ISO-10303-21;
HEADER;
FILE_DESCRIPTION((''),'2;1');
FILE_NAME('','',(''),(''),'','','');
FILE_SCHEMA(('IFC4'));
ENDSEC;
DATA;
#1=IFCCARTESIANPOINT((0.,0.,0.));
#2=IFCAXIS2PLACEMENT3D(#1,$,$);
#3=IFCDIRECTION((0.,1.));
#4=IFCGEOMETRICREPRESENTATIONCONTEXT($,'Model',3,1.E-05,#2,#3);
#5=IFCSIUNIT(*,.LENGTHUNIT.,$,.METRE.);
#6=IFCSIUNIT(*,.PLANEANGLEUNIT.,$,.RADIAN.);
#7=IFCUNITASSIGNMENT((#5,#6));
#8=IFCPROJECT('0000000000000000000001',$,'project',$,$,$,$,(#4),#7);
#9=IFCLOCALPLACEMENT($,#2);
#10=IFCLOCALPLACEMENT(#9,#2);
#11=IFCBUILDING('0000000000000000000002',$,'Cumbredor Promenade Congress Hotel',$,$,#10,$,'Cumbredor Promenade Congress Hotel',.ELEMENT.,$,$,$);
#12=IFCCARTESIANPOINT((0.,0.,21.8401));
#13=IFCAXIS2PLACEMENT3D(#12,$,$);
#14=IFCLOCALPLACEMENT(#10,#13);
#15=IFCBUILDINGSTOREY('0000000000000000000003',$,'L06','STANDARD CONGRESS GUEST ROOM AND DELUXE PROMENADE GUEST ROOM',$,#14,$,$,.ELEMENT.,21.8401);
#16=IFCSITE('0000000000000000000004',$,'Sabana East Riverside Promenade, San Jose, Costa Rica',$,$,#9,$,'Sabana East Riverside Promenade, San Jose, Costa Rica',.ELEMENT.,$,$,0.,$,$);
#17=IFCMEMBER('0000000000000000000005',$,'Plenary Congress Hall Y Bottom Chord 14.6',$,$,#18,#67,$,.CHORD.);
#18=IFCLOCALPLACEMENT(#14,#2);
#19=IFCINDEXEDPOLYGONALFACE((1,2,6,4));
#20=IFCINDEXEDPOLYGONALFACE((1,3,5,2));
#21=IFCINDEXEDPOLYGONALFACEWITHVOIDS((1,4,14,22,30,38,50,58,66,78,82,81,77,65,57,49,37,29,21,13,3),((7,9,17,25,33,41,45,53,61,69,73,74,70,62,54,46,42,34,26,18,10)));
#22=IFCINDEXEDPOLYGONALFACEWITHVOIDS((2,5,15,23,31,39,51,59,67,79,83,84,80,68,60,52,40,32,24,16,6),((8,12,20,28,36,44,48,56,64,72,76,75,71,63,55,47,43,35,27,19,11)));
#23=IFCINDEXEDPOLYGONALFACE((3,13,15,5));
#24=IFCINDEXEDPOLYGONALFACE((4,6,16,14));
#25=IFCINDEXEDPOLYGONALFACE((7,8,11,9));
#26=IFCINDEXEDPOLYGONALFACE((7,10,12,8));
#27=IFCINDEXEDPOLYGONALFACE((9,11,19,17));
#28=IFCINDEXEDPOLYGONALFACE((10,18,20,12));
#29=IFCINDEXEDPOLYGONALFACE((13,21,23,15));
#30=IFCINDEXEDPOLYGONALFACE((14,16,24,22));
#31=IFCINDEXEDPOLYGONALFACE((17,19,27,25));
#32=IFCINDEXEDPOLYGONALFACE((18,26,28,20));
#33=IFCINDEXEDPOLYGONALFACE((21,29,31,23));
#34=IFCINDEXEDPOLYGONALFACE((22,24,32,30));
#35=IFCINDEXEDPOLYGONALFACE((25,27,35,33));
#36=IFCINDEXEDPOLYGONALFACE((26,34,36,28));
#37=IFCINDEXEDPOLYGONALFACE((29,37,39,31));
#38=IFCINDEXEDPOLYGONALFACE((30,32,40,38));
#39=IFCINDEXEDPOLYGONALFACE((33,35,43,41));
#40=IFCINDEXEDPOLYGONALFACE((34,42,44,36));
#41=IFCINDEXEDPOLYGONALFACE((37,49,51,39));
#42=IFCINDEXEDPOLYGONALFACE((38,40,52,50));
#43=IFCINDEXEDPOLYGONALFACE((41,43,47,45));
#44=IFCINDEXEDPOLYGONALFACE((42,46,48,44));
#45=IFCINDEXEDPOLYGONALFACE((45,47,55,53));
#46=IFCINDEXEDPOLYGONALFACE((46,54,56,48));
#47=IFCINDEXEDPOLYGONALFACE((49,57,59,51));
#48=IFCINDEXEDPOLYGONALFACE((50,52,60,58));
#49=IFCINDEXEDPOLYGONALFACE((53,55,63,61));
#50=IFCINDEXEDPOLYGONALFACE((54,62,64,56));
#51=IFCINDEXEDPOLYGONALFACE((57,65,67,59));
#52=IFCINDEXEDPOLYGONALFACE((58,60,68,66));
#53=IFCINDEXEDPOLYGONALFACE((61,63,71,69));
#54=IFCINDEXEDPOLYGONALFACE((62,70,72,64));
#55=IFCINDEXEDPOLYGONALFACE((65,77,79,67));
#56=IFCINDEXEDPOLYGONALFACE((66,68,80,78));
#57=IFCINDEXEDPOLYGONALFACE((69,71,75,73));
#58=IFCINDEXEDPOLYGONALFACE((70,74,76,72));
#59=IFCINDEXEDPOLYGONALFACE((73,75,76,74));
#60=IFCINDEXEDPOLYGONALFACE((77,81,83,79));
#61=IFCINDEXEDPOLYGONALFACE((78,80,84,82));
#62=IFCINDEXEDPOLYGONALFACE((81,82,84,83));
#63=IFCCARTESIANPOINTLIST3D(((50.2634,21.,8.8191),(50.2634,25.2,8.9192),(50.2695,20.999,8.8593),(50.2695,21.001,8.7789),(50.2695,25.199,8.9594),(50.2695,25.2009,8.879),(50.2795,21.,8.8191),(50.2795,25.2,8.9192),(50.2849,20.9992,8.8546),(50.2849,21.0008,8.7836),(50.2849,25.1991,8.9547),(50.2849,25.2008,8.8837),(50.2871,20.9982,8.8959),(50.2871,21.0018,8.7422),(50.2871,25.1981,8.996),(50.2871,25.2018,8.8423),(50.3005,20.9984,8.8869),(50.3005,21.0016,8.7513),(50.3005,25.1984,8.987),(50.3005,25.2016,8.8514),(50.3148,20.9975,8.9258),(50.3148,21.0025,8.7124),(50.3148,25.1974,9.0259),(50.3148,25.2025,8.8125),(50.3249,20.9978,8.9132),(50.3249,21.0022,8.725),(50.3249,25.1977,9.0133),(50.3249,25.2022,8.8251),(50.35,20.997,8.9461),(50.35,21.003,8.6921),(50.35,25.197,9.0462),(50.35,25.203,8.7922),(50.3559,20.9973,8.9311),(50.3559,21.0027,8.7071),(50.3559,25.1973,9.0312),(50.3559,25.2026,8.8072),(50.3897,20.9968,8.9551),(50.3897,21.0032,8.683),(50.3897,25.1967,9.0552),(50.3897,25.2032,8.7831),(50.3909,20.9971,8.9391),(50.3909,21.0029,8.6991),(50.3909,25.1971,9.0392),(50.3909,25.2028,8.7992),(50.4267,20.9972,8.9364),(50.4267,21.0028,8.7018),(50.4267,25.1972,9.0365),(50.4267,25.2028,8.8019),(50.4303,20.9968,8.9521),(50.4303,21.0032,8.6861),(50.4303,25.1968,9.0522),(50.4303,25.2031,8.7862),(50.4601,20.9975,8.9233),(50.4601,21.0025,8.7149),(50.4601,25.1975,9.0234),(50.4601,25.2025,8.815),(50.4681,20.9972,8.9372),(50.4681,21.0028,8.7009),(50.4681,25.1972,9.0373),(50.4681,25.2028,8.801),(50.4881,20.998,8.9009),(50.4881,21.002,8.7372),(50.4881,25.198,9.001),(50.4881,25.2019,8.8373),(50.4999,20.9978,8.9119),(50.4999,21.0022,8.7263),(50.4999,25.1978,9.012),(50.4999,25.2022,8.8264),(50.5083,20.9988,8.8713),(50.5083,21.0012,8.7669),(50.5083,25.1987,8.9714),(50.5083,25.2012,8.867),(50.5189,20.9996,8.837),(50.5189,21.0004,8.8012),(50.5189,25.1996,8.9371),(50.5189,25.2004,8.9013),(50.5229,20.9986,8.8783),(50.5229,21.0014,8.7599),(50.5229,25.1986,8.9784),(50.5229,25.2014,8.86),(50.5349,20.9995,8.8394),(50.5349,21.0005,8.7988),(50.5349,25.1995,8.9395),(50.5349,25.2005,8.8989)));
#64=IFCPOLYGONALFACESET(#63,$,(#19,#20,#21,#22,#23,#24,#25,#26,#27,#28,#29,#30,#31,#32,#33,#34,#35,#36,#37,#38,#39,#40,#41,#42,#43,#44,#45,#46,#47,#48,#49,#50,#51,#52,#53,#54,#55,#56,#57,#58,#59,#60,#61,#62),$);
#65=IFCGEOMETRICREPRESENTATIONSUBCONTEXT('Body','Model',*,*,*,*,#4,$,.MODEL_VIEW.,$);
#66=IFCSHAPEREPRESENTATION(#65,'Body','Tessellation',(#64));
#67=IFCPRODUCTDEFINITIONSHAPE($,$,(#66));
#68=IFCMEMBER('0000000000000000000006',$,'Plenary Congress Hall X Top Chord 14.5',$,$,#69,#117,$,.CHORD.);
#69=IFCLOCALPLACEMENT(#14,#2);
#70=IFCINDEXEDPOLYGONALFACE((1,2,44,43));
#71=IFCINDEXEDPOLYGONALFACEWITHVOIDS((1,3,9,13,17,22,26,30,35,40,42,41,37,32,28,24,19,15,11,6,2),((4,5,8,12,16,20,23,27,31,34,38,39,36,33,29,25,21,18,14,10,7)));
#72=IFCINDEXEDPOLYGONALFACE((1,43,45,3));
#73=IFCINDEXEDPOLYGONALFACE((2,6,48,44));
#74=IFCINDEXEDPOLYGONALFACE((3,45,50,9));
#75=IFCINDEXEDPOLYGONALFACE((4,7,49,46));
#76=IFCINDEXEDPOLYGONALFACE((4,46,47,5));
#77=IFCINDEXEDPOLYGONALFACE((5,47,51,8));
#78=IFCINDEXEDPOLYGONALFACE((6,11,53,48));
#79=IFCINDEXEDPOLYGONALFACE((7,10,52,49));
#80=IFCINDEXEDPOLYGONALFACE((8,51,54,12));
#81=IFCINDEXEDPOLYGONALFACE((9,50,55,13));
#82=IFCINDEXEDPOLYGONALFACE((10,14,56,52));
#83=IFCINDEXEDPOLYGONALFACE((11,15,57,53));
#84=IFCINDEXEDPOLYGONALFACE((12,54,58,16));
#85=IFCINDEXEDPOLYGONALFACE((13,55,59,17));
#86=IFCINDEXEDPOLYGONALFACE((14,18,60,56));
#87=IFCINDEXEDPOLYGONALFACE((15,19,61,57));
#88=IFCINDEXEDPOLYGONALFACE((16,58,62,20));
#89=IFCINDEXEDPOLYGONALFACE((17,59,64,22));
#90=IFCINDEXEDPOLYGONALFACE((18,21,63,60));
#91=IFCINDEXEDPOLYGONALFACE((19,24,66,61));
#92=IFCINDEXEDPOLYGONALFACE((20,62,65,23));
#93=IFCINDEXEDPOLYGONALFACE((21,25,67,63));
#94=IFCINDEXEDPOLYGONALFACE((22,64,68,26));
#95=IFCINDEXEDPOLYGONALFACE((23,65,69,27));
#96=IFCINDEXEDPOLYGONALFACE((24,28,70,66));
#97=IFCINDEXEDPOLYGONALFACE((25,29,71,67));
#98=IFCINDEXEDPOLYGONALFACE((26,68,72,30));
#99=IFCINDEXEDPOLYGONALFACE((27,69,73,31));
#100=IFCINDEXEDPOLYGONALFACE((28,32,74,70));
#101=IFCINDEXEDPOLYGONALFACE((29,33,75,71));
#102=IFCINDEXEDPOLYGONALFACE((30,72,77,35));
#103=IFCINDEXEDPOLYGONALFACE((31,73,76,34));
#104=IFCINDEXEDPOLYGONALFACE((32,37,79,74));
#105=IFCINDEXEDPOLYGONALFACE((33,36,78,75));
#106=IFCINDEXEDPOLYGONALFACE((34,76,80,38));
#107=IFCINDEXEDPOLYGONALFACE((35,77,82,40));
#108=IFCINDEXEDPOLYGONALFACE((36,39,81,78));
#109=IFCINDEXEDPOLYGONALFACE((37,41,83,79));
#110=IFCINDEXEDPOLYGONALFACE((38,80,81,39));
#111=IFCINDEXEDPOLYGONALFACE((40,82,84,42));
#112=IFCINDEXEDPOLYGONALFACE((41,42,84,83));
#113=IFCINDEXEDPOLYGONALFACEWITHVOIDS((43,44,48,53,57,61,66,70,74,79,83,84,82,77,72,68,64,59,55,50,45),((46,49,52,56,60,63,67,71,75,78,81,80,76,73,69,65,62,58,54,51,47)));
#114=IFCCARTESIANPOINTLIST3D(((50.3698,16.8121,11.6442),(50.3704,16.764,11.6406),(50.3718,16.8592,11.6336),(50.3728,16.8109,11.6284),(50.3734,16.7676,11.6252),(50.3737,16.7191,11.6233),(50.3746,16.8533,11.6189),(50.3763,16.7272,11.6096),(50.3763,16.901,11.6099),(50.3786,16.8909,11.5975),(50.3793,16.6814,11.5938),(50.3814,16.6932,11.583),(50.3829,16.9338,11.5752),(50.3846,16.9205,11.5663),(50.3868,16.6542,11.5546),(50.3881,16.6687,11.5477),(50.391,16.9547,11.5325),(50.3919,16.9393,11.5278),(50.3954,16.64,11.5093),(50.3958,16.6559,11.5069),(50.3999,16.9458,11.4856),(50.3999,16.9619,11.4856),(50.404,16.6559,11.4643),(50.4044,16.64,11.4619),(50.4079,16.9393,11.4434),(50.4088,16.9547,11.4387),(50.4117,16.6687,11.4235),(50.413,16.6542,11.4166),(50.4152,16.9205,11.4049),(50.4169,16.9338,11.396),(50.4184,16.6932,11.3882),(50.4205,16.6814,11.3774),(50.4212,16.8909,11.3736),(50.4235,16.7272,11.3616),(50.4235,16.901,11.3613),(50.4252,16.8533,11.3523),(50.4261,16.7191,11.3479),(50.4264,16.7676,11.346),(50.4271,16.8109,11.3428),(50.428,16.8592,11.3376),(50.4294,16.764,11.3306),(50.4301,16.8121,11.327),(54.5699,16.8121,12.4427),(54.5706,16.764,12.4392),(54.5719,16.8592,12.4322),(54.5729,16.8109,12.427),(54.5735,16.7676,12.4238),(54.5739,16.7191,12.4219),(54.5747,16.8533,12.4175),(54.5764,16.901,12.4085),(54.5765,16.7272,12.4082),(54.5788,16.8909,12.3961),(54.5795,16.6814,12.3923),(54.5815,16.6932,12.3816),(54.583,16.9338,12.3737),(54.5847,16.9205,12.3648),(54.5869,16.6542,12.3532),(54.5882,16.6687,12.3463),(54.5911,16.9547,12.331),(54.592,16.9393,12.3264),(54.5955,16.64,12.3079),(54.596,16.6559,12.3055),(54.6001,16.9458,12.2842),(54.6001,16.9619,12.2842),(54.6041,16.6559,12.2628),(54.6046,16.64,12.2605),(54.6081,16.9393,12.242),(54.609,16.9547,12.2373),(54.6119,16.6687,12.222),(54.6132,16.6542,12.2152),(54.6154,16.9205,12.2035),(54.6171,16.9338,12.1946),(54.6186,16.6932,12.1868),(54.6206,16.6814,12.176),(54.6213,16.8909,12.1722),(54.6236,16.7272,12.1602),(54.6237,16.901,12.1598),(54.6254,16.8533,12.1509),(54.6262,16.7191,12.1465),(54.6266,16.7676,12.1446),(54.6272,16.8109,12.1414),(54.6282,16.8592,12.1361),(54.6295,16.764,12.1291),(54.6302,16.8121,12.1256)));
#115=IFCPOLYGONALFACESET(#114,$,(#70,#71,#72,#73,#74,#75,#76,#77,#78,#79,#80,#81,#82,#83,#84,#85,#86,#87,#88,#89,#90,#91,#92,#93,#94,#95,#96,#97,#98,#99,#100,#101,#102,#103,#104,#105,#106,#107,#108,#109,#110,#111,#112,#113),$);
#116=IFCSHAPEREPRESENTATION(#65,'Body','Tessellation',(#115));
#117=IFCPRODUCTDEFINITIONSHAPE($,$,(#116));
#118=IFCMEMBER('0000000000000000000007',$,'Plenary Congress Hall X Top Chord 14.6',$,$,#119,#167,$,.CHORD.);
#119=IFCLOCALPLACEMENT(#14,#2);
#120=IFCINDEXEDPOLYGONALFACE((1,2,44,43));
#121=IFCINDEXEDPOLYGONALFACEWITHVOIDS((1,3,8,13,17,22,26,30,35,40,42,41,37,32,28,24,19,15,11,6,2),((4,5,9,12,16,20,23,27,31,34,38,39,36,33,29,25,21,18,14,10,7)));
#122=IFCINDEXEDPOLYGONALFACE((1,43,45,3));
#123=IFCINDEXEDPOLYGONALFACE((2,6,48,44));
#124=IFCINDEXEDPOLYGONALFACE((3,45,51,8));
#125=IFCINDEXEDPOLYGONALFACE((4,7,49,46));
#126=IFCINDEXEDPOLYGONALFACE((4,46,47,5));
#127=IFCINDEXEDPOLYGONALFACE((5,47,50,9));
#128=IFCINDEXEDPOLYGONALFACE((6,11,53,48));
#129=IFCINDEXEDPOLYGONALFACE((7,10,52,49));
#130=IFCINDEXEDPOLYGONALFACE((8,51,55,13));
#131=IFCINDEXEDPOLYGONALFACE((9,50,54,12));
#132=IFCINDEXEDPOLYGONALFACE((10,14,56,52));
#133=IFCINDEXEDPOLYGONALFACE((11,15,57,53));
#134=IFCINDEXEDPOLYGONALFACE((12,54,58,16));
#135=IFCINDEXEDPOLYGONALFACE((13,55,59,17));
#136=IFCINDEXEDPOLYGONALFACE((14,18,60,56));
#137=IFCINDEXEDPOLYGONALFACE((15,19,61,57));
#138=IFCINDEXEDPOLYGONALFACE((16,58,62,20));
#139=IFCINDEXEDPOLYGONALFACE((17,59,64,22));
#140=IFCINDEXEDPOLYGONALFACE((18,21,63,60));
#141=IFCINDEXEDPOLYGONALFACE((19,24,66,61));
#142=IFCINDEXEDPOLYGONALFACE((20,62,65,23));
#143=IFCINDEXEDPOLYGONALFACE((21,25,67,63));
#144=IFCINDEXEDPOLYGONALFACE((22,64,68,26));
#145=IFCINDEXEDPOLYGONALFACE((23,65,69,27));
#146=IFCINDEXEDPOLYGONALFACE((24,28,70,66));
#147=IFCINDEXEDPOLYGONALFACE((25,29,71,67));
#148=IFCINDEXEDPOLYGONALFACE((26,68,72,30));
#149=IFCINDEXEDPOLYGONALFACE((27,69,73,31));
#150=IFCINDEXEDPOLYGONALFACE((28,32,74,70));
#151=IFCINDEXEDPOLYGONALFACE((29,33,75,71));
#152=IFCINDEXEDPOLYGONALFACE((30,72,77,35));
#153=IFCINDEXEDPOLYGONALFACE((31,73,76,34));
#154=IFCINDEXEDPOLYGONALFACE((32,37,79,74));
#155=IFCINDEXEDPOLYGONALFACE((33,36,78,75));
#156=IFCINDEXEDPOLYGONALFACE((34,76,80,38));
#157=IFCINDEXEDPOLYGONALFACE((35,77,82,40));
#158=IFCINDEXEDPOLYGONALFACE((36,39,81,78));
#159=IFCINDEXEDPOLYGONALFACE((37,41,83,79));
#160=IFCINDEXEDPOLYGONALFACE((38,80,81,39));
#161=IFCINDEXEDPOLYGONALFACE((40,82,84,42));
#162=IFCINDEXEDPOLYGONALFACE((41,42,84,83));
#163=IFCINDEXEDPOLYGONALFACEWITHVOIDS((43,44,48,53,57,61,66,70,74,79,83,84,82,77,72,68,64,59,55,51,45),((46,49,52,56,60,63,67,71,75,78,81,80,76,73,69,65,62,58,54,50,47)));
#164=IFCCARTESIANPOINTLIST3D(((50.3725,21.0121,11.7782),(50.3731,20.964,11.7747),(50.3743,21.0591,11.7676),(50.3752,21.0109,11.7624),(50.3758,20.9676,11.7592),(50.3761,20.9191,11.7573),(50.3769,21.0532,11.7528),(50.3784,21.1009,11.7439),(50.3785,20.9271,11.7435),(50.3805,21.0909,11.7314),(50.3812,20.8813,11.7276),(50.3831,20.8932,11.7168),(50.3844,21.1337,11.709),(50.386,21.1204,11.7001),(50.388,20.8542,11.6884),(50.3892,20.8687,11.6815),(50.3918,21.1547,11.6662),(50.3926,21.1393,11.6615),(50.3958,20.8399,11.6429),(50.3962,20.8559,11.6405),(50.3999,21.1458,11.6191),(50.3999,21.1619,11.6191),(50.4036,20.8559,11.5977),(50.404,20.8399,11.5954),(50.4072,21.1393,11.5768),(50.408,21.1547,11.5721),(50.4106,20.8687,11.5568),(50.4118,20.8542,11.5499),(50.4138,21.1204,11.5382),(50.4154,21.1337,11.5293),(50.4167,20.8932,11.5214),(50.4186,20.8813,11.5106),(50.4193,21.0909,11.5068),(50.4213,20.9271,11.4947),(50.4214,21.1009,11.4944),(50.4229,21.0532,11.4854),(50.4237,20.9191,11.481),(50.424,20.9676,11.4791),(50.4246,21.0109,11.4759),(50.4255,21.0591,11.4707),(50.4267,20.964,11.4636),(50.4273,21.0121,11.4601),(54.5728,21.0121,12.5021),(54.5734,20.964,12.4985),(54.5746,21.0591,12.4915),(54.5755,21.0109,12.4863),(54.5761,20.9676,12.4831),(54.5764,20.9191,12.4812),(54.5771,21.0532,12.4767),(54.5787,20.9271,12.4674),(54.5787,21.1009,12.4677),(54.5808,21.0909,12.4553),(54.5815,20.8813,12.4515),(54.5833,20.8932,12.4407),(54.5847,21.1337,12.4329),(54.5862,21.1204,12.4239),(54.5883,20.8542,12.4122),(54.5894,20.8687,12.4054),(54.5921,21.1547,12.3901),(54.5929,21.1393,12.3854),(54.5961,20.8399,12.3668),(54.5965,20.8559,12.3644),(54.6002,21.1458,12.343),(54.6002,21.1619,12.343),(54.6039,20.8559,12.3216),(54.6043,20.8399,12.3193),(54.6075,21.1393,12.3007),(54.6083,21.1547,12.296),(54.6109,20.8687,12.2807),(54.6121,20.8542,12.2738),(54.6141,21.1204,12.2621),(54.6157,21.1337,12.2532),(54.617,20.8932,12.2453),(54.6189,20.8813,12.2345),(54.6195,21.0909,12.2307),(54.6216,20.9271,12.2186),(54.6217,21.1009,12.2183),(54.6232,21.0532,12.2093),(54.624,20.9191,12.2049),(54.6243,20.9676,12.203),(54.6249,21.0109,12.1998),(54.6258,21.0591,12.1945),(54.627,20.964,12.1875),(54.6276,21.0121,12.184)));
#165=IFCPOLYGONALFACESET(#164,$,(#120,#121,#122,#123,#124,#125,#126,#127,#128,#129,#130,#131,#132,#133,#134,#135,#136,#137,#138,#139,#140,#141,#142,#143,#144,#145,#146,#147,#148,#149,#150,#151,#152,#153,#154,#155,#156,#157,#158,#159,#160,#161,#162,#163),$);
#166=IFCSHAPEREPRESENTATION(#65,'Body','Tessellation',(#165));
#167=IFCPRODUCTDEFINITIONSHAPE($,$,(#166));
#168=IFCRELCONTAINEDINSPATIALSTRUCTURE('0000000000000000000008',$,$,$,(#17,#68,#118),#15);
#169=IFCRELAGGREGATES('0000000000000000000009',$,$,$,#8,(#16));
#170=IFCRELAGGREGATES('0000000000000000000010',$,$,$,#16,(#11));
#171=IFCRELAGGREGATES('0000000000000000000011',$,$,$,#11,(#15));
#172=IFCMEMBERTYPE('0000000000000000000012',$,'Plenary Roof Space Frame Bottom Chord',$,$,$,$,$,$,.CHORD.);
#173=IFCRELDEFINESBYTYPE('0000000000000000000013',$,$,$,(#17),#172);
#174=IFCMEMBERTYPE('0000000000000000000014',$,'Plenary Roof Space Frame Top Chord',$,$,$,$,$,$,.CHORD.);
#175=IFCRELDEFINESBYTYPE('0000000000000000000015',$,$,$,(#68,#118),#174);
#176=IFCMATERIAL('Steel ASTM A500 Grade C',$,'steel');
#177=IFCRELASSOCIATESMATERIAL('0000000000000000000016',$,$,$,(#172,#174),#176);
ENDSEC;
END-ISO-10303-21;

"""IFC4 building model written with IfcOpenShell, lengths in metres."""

from ifc_helpers import new_model, si_unit, direction, frame, origin, origin_2d, place, context, subcontext, project, spatial, hollow_circle, extrude, material, material_profile, profile_set, type_object, element, save


model = new_model("IFC4")

# Units and contexts
model_context = context("Model", 3, precision=1e-05, world=origin(), true_north=direction((0.0, 1.0)))
body_context = subcontext(model_context, "Body", "Model", "MODEL_VIEW")
ifc_project = project(units=[si_unit("LENGTHUNIT", "METRE"), si_unit("PLANEANGLEUNIT", "RADIAN")], contexts=[model_context])

# Site, building, storey
site_placement = place(None, origin())
site = spatial("IfcSite", under=ifc_project, at=site_placement, Name="Sabana East Riverside Promenade, San Jose, Costa Rica", LongName="Sabana East Riverside Promenade, San Jose, Costa Rica", CompositionType="ELEMENT", RefElevation=0.0)
building_placement = place(site_placement, origin())
building = spatial("IfcBuilding", under=site, at=building_placement, Name="Cumbredor Promenade Congress Hotel", LongName="Cumbredor Promenade Congress Hotel", CompositionType="ELEMENT")
storey_placement = place(building_placement, frame((0.0, 0.0, 21.8401)))
storey = spatial("IfcBuildingStorey", under=building, at=storey_placement, Name="L06", Description="STANDARD CONGRESS GUEST ROOM AND DELUXE PROMENADE GUEST ROOM", CompositionType="ELEMENT", Elevation=21.8401)

# Members
ifc_material_1 = material(Name="Steel ASTM A500 Grade C", Category="steel")
ifc_material_profile_1 = material_profile(ifc_material_1, hollow_circle(Radius=0.1365, WallThickness=0.0161, at=origin_2d()), Name="CHS 273.0x16")
ifc_profile_set_1 = profile_set([ifc_material_profile_1], Name="Steel ASTM A500 Grade C")
member_type_1 = type_object("IfcMemberType", Name="Plenary Roof Space Frame Bottom Chord", PredefinedType="CHORD", material=ifc_profile_set_1)
member_1_placement = place(storey_placement, frame((50.3999, 21.0, 8.8191), z_axis=(0.0, 0.999716, 0.023826), x_axis=(-1.0, 0.0, 0.0)))
element("IfcMember", 1, at=member_1_placement, inside=storey, type_object=member_type_1, Name="Plenary Congress Hall Y Bottom Chord 14.6", PredefinedType="CHORD", context=body_context, shape_type="SweptSolid", body=[
    extrude(hollow_circle(Radius=0.1365, WallThickness=0.0161, at=origin_2d()), origin(), (0.0, 0.0, 1.0), 4.2012),
])
ifc_material_profile_2 = material_profile(ifc_material_1, hollow_circle(Radius=0.1619, WallThickness=0.0161, at=origin_2d()), Name="CHS 323.9x16")
ifc_profile_set_2 = profile_set([ifc_material_profile_2], Name="Steel ASTM A500 Grade C")
member_type_2 = type_object("IfcMemberType", Name="Plenary Roof Space Frame Top Chord", PredefinedType="CHORD", material=ifc_profile_set_2)
member_2_placement = place(storey_placement, frame((50.3999, 16.8, 11.4856), z_axis=(0.982401, 0.0, 0.186784), x_axis=(0.0, 1.0, 0.0)))
element("IfcMember", 2, at=member_2_placement, inside=storey, type_object=member_type_2, Name="Plenary Congress Hall X Top Chord 14.5", PredefinedType="CHORD", context=body_context, shape_type="SweptSolid", body=[
    extrude(hollow_circle(Radius=0.1619, WallThickness=0.0161, at=origin_2d()), origin(), (0.0, 0.0, 1.0), 4.2754),
])
member_3_placement = place(storey_placement, frame((50.3999, 21.0, 11.6191), z_axis=(0.985472, 0.0, 0.16984), x_axis=(0.0, 1.0, 0.0)))
element("IfcMember", 3, at=member_3_placement, inside=storey, type_object=member_type_2, Name="Plenary Congress Hall X Top Chord 14.6", PredefinedType="CHORD", context=body_context, shape_type="SweptSolid", body=[
    extrude(hollow_circle(Radius=0.1619, WallThickness=0.0161, at=origin_2d()), origin(), (0.0, 0.0, 1.0), 4.2622),
])

save(model, "model.ifc")
